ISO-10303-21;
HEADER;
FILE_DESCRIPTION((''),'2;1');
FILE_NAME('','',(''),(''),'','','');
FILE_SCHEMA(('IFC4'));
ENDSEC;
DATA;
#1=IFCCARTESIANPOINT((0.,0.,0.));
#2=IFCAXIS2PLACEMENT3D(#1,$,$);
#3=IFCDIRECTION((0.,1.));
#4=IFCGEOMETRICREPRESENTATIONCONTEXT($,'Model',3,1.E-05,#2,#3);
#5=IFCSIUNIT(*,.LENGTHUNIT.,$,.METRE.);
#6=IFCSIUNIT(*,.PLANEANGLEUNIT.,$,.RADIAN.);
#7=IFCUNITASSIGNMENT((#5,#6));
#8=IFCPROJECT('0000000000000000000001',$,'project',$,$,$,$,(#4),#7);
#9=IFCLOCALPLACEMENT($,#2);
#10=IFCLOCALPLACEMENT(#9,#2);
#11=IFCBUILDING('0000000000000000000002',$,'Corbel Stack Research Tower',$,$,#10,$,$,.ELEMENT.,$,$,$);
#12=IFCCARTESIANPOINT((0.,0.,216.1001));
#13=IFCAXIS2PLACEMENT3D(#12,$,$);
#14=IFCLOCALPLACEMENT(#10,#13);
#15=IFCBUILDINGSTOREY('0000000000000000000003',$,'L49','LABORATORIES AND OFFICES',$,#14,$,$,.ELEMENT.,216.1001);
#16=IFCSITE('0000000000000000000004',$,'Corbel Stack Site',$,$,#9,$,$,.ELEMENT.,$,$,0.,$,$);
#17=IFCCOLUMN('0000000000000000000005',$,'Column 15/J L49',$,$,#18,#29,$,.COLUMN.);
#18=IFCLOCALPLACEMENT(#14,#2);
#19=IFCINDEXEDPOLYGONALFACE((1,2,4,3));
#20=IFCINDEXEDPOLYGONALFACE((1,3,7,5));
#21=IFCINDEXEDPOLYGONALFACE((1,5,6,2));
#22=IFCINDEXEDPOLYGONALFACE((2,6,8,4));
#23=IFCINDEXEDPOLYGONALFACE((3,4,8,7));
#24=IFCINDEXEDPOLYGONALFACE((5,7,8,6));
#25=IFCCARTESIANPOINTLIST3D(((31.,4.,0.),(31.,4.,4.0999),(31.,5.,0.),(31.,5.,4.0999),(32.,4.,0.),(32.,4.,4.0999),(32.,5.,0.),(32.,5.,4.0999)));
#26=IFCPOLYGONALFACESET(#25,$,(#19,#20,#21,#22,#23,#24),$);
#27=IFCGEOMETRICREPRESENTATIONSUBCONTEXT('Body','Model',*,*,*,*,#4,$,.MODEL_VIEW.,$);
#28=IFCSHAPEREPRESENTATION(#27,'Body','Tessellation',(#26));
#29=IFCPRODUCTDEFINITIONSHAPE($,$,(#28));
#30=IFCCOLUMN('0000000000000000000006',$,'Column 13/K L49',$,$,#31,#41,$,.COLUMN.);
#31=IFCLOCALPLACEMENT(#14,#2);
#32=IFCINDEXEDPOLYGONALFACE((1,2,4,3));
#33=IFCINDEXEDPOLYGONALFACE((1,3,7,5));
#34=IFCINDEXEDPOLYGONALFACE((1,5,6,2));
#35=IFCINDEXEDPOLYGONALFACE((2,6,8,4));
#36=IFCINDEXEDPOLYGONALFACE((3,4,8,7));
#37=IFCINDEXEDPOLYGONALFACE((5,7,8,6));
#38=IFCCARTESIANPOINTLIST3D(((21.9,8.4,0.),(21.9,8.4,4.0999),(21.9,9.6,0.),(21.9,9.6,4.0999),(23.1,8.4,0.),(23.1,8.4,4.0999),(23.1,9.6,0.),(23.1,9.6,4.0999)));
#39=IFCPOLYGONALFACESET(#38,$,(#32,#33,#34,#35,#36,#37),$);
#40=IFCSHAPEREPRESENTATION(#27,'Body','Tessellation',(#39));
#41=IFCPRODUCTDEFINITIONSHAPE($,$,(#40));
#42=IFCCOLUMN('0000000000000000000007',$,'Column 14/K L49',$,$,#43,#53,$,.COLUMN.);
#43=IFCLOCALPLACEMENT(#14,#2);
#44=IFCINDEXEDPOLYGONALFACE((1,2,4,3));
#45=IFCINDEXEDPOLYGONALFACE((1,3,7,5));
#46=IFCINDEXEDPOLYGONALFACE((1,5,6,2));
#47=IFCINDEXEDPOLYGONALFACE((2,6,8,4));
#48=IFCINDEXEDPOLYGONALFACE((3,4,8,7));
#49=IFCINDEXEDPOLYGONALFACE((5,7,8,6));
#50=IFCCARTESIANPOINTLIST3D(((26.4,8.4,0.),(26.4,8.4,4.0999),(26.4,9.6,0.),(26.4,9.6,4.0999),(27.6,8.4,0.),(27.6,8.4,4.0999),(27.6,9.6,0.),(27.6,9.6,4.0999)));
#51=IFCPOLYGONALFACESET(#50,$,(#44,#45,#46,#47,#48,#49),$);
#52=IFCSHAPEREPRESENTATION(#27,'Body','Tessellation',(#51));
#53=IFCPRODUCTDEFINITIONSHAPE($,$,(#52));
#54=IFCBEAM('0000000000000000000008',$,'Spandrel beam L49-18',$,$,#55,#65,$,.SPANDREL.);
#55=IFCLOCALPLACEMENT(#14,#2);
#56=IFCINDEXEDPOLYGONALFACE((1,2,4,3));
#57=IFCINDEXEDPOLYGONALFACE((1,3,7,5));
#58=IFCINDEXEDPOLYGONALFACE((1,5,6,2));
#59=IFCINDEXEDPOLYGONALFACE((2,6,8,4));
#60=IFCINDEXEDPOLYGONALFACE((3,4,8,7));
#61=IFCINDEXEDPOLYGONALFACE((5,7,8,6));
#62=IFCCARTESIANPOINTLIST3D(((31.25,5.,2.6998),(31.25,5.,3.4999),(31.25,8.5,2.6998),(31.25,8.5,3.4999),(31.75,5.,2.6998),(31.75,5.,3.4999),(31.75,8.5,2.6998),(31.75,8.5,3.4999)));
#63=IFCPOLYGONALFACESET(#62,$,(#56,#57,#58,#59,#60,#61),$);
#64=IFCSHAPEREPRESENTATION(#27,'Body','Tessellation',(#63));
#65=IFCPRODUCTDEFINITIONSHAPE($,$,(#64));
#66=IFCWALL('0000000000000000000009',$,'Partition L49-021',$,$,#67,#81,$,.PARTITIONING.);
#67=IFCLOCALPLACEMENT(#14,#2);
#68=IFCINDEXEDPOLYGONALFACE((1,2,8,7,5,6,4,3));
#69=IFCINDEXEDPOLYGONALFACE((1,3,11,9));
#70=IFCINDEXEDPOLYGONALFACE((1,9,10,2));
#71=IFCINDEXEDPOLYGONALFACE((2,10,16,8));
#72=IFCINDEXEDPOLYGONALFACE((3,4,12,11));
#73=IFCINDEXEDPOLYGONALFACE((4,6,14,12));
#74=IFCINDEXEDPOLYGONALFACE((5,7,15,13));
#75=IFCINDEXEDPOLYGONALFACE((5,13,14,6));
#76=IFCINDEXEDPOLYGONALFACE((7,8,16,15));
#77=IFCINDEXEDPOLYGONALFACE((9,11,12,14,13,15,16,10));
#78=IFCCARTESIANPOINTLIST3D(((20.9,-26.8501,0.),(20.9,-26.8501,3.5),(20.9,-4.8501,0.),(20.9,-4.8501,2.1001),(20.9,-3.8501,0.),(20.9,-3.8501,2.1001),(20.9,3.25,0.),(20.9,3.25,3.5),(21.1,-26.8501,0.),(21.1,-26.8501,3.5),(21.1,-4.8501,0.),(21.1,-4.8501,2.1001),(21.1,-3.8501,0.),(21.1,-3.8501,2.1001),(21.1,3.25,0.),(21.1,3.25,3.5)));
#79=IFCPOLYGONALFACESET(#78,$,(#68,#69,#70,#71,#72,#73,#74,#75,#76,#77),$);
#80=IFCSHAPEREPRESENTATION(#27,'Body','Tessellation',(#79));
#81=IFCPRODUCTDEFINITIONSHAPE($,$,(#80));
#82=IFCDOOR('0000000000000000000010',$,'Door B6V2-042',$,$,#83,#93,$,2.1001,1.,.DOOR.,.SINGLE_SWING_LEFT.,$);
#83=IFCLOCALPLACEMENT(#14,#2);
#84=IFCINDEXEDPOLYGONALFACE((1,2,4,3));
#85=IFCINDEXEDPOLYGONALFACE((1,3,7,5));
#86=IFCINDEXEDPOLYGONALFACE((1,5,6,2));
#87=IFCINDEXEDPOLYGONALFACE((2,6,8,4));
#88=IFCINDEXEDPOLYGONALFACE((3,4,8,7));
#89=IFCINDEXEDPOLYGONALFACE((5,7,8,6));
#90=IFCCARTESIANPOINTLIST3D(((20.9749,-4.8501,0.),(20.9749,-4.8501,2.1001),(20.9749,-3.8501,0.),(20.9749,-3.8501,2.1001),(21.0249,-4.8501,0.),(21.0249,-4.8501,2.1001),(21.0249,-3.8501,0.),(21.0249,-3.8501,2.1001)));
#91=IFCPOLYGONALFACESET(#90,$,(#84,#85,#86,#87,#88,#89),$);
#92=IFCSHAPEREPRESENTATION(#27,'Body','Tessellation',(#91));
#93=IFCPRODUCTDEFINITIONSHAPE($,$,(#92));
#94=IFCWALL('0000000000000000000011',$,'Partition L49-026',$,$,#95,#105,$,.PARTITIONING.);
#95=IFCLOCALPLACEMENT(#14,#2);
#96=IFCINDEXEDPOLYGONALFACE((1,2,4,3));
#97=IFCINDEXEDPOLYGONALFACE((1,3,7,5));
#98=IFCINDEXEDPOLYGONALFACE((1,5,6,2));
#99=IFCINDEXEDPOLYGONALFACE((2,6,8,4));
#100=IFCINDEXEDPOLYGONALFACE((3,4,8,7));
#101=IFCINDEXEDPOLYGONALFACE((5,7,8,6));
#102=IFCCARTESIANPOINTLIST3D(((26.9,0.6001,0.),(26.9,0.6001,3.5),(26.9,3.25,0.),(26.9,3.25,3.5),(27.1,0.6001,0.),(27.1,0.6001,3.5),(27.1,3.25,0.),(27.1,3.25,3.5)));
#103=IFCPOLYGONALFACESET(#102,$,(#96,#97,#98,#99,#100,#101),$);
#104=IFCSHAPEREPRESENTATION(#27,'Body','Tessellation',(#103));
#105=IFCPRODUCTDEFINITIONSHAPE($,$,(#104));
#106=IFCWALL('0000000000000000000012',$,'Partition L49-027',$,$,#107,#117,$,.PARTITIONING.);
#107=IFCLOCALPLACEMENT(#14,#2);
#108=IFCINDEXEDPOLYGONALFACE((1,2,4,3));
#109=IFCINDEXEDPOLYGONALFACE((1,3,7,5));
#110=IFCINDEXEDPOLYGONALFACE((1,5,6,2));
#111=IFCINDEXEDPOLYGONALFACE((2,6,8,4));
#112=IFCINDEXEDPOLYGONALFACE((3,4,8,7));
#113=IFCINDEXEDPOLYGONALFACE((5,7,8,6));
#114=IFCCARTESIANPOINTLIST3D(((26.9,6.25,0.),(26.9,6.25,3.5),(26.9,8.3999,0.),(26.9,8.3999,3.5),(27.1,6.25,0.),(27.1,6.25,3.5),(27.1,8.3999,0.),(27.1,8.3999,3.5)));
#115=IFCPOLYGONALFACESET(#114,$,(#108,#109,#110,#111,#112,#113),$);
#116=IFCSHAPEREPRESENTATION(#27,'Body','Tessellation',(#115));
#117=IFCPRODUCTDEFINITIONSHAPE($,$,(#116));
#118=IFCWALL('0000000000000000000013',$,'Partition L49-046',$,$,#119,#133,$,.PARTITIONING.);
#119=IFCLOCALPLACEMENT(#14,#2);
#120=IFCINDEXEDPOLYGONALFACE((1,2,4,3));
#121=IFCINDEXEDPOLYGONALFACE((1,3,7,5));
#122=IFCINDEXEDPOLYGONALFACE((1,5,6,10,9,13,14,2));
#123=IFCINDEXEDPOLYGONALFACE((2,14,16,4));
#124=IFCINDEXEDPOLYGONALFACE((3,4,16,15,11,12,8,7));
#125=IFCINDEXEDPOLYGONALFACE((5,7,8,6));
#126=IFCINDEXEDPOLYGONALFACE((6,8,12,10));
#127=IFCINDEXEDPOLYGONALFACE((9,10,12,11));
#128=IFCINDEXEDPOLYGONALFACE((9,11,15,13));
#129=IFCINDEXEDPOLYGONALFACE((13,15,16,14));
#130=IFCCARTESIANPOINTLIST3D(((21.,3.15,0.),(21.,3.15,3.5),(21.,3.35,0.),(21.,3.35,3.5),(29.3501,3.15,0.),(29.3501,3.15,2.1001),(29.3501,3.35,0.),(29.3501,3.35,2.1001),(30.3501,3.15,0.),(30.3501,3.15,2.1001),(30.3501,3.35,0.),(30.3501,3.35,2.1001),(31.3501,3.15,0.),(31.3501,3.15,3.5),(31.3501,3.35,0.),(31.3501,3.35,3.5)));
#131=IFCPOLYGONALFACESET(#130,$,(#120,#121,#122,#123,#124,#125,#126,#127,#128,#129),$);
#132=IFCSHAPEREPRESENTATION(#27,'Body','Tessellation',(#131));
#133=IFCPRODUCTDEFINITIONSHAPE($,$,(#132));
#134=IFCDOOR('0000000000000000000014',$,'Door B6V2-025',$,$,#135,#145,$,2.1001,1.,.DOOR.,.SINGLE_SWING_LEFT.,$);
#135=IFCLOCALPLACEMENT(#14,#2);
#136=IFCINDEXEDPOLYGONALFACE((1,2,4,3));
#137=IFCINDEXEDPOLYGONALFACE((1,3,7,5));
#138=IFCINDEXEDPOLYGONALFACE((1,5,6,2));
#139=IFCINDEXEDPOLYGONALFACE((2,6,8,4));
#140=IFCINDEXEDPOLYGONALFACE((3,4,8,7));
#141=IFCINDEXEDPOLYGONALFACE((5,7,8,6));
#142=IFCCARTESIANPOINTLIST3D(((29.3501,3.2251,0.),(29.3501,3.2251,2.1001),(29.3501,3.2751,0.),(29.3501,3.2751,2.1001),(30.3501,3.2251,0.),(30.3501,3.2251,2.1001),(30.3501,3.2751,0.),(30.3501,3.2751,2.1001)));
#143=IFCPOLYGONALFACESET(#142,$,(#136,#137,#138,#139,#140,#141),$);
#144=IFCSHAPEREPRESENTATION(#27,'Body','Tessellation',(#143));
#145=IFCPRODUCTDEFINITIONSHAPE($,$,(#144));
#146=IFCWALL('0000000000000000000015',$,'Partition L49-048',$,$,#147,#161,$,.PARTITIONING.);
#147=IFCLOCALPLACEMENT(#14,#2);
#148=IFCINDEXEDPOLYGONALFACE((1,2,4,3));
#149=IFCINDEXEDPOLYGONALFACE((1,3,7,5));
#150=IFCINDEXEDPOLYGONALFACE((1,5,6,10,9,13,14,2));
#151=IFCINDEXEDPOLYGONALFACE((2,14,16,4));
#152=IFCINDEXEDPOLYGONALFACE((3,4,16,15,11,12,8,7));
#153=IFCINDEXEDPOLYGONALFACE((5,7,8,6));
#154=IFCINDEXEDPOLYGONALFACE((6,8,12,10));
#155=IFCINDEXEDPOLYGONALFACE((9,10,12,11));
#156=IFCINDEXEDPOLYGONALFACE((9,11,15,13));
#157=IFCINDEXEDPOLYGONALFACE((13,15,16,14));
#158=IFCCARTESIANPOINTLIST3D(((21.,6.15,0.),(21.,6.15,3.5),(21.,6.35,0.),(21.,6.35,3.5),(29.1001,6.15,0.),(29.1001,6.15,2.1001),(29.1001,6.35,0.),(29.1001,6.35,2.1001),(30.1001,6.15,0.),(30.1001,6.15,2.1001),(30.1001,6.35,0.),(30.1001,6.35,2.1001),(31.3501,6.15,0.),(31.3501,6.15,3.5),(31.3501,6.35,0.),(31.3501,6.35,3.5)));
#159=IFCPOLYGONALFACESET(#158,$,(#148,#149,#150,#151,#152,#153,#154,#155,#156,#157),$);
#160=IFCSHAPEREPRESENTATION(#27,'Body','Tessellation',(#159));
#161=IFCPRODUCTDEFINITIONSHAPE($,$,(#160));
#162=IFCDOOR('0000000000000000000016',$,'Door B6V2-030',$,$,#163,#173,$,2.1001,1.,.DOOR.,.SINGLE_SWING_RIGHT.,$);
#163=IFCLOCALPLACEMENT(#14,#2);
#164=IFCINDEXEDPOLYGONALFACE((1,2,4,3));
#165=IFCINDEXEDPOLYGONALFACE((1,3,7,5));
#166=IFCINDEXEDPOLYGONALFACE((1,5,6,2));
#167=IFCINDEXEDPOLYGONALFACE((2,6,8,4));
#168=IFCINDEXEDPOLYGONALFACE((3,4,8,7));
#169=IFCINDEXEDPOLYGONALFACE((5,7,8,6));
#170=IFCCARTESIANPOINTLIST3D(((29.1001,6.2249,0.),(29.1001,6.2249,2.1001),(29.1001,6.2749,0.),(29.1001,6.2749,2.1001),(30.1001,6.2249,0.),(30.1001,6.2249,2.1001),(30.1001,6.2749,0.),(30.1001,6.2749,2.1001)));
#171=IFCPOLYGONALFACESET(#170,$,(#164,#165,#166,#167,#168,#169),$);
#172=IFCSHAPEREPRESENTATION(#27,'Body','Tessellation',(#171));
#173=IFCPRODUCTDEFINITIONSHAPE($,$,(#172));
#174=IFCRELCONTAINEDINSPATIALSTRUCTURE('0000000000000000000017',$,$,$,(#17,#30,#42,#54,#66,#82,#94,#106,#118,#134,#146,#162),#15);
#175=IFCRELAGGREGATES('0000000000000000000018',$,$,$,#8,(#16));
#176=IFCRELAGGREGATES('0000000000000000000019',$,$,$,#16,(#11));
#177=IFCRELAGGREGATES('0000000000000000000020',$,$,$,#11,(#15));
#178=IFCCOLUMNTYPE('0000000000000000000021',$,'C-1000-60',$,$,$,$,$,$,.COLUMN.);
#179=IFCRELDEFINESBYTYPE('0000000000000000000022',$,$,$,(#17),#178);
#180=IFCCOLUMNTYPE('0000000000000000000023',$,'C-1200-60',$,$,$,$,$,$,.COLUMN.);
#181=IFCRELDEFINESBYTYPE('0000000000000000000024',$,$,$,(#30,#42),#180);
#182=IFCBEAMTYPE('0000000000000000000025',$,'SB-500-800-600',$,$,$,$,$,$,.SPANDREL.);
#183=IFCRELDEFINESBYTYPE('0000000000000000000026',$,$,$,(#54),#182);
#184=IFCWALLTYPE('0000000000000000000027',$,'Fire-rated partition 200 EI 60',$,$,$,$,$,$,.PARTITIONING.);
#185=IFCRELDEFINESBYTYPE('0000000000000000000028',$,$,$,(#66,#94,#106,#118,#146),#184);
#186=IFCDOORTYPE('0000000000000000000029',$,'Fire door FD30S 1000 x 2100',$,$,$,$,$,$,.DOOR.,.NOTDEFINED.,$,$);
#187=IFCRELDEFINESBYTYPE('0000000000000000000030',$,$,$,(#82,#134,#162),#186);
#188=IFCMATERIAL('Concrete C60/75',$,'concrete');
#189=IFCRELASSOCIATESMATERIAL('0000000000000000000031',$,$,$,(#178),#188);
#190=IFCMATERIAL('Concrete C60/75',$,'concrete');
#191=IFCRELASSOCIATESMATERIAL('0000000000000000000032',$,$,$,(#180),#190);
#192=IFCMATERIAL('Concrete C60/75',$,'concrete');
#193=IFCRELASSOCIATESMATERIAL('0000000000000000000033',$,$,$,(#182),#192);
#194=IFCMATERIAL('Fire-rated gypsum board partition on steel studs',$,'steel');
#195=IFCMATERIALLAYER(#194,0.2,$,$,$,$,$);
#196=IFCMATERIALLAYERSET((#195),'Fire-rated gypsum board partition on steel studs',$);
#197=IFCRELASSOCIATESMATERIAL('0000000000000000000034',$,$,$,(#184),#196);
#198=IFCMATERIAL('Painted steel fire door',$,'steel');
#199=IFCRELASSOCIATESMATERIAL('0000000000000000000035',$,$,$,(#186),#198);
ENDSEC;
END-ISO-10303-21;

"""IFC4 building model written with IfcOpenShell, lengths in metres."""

from ifc_helpers import new_model, si_unit, direction, frame, frame_2d, origin, origin_2d, place, context, subcontext, project, spatial, rectangle, extrude, material, layer, layer_set, material_profile, profile_set, type_object, element, fill, save


model = new_model("IFC4")

# Units and contexts
model_context = context("Model", 3, precision=1e-05, world=origin(), true_north=direction((0.0, 1.0)))
body_context = subcontext(model_context, "Body", "Model", "MODEL_VIEW")
ifc_project = project(units=[si_unit("LENGTHUNIT", "METRE"), si_unit("PLANEANGLEUNIT", "RADIAN")], contexts=[model_context])

# Site, building, storey
site_placement = place(None, origin())
site = spatial("IfcSite", under=ifc_project, at=site_placement, Name="Corbel Stack Site", CompositionType="ELEMENT", RefElevation=0.0)
building_placement = place(site_placement, origin())
building = spatial("IfcBuilding", under=site, at=building_placement, Name="Corbel Stack Research Tower", CompositionType="ELEMENT")
storey_placement = place(building_placement, frame((0.0, 0.0, 216.1001)))
storey = spatial("IfcBuildingStorey", under=building, at=storey_placement, Name="L49", Description="LABORATORIES AND OFFICES", CompositionType="ELEMENT", Elevation=216.1001)

# Columns
ifc_material_1 = material(Name="Concrete C60/75", Category="concrete")
ifc_material_profile_1 = material_profile(ifc_material_1, rectangle(XDim=1.0, YDim=1.0, at=origin_2d()), Name="RC 1000 x 1000")
ifc_profile_set_1 = profile_set([ifc_material_profile_1], Name="Concrete C60/75")
column_type_1 = type_object("IfcColumnType", Name="C-1000-60", PredefinedType="COLUMN", material=ifc_profile_set_1)
column_placement = place(storey_placement, frame((31.5, 4.5, 0.0), z_axis=(0.0, 0.0, 1.0), x_axis=(1.0, 0.0, 0.0)))
element("IfcColumn", 1, at=column_placement, inside=storey, type_object=column_type_1, Name="Column 15/J L49", PredefinedType="COLUMN", context=body_context, shape_type="SweptSolid", body=[
    extrude(rectangle(XDim=1.0, YDim=1.0, at=origin_2d()), origin(), (0.0, 0.0, 1.0), 4.0999),
])
ifc_material_2 = material(Name="Concrete C60/75", Category="concrete")
ifc_material_profile_2 = material_profile(ifc_material_2, rectangle(XDim=1.2, YDim=1.2, at=origin_2d()), Name="RC 1200 x 1200")
ifc_profile_set_2 = profile_set([ifc_material_profile_2], Name="Concrete C60/75")
column_type_2 = type_object("IfcColumnType", Name="C-1200-60", PredefinedType="COLUMN", material=ifc_profile_set_2)
for number, where, z_axis, x_axis, name in (
    (2, (22.5, 9.0, 0.0), (0.0, 0.0, 1.0), (1.0, 0.0, 0.0), "Column 13/K L49"),
    (3, (27.0, 9.0, 0.0), (0.0, 0.0, 1.0), (1.0, 0.0, 0.0), "Column 14/K L49"),
):
    element("IfcColumn", number, at=place(storey_placement, frame(where, z_axis=z_axis, x_axis=x_axis)), inside=storey, type_object=column_type_2, Name=name, PredefinedType="COLUMN", context=body_context, shape_type="SweptSolid", body=[
        extrude(rectangle(XDim=1.2, YDim=1.2, at=origin_2d()), origin(), (0.0, 0.0, 1.0), 4.0999),
    ])

# Beam
ifc_material_3 = material(Name="Concrete C60/75", Category="concrete")
ifc_material_profile_3 = material_profile(ifc_material_3, rectangle(XDim=0.5, YDim=0.8, at=origin_2d()), Name="RC 500 x 800")
ifc_profile_set_3 = profile_set([ifc_material_profile_3], Name="Concrete C60/75")
beam_type = type_object("IfcBeamType", Name="SB-500-800-600", PredefinedType="SPANDREL", material=ifc_profile_set_3)
beam_placement = place(storey_placement, frame((31.5, 5.0, 3.0999), z_axis=(0.0, 1.0, 0.0), x_axis=(-1.0, 0.0, 0.0)))
element("IfcBeam", 4, at=beam_placement, inside=storey, type_object=beam_type, Name="Spandrel beam L49-18", PredefinedType="SPANDREL", context=body_context, shape_type="SweptSolid", body=[
    extrude(rectangle(XDim=0.5, YDim=0.8, at=origin_2d()), origin(), (0.0, 0.0, 1.0), 3.5),
])

# Wall, opening, door
ifc_material_4 = material(Name="Fire-rated gypsum board partition on steel studs", Category="steel")
ifc_layer_1 = layer(ifc_material_4, 0.2)
ifc_layer_set_1 = layer_set([ifc_layer_1], Name="Fire-rated gypsum board partition on steel studs")
wall_type_1 = type_object("IfcWallType", Name="Fire-rated partition 200 EI 60", PredefinedType="PARTITIONING", material=ifc_layer_set_1)
wall_1_placement = place(storey_placement, frame((21.0, 3.25, 0.0), z_axis=(0.0, 0.0, 1.0), x_axis=(0.0, -1.0, 0.0)))
wall_1 = element("IfcWall", 5, at=wall_1_placement, inside=storey, type_object=wall_type_1, Name="Partition L49-021", PredefinedType="PARTITIONING", context=body_context, shape_type="SweptSolid", body=[
    extrude(rectangle(XDim=30.1001, YDim=0.2, at=frame_2d((15.05, 0.0))), origin(), (0.0, 0.0, 1.0), 3.5),
])
opening_1_placement = place(wall_1_placement, frame((7.1001, 0.0, 0.0)))
opening_1 = element("IfcOpeningElement", 6, at=opening_1_placement, cuts=wall_1, PredefinedType="OPENING", context=body_context, shape_type="SweptSolid", body=[
    extrude(rectangle(XDim=1.0, YDim=2.1001, at=frame_2d((0.5, 1.05))), frame((0.0, 0.1099, 0.0), z_axis=(0.0, -1.0, 0.0), x_axis=(1.0, 0.0, 0.0)), (0.0, 0.0, 1.0), 0.22),
])
ifc_material_5 = material(Name="Painted steel fire door", Category="steel")
door_type = type_object("IfcDoorType", Name="Fire door FD30S 1000 x 2100", OperationType="NOTDEFINED", PredefinedType="DOOR", material=ifc_material_5)
door_1_placement = place(opening_1_placement, origin())
door_1 = element("IfcDoor", 7, at=door_1_placement, inside=storey, type_object=door_type, Name="Door B6V2-042", OperationType="SINGLE_SWING_LEFT", OverallHeight=2.1001, OverallWidth=1.0, PredefinedType="DOOR", context=body_context, shape_type="SweptSolid", body=[
    extrude(rectangle(XDim=1.0, YDim=2.1001, at=frame_2d((0.5, 1.05))), frame((0.0, 0.0249, 0.0), z_axis=(0.0, -1.0, 0.0), x_axis=(1.0, 0.0, 0.0)), (0.0, 0.0, 1.0), 0.05),
])
fill(opening_1, door_1)

# Walls
wall_2_placement = place(storey_placement, frame((27.0, 0.6001, 0.0), z_axis=(0.0, 0.0, 1.0), x_axis=(0.0, 1.0, 0.0)))
element("IfcWall", 8, at=wall_2_placement, inside=storey, type_object=wall_type_1, Name="Partition L49-026", PredefinedType="PARTITIONING", context=body_context, shape_type="SweptSolid", body=[
    extrude(rectangle(XDim=2.6499, YDim=0.2, at=frame_2d((1.325, 0.0))), origin(), (0.0, 0.0, 1.0), 3.5),
])
wall_3_placement = place(storey_placement, frame((27.0, 6.25, 0.0), z_axis=(0.0, 0.0, 1.0), x_axis=(0.0, 1.0, 0.0)))
element("IfcWall", 9, at=wall_3_placement, inside=storey, type_object=wall_type_1, Name="Partition L49-027", PredefinedType="PARTITIONING", context=body_context, shape_type="SweptSolid", body=[
    extrude(rectangle(XDim=2.1499, YDim=0.2, at=frame_2d((1.075, 0.0))), origin(), (0.0, 0.0, 1.0), 3.5),
])

# Walls, openings, doors
wall_4_placement = place(storey_placement, frame((31.3501, 3.25, 0.0), z_axis=(0.0, 0.0, 1.0), x_axis=(-1.0, 0.0, 0.0)))
wall_4 = element("IfcWall", 10, at=wall_4_placement, inside=storey, type_object=wall_type_1, Name="Partition L49-046", PredefinedType="PARTITIONING", context=body_context, shape_type="SweptSolid", body=[
    extrude(rectangle(XDim=10.3501, YDim=0.2, at=frame_2d((5.175, 0.0))), origin(), (0.0, 0.0, 1.0), 3.5),
])
opening_2_placement = place(wall_4_placement, frame((1.0, 0.0, 0.0)))
opening_2 = element("IfcOpeningElement", 11, at=opening_2_placement, cuts=wall_4, PredefinedType="OPENING", context=body_context, shape_type="SweptSolid", body=[
    extrude(rectangle(XDim=1.0, YDim=2.1001, at=frame_2d((0.5, 1.05))), frame((0.0, 0.1099, 0.0), z_axis=(0.0, -1.0, 0.0), x_axis=(1.0, 0.0, 0.0)), (0.0, 0.0, 1.0), 0.22),
])
door_2_placement = place(opening_2_placement, origin())
door_2 = element("IfcDoor", 12, at=door_2_placement, inside=storey, type_object=door_type, Name="Door B6V2-025", OperationType="SINGLE_SWING_LEFT", OverallHeight=2.1001, OverallWidth=1.0, PredefinedType="DOOR", context=body_context, shape_type="SweptSolid", body=[
    extrude(rectangle(XDim=1.0, YDim=2.1001, at=frame_2d((0.5, 1.05))), frame((0.0, 0.0249, 0.0), z_axis=(0.0, -1.0, 0.0), x_axis=(1.0, 0.0, 0.0)), (0.0, 0.0, 1.0), 0.05),
])
fill(opening_2, door_2)
wall_5_placement = place(storey_placement, frame((21.0, 6.25, 0.0), z_axis=(0.0, 0.0, 1.0), x_axis=(1.0, 0.0, 0.0)))
wall_5 = element("IfcWall", 13, at=wall_5_placement, inside=storey, type_object=wall_type_1, Name="Partition L49-048", PredefinedType="PARTITIONING", context=body_context, shape_type="SweptSolid", body=[
    extrude(rectangle(XDim=10.3501, YDim=0.2, at=frame_2d((5.175, 0.0))), origin(), (0.0, 0.0, 1.0), 3.5),
])
opening_3_placement = place(wall_5_placement, frame((8.1001, 0.0, 0.0)))
opening_3 = element("IfcOpeningElement", 14, at=opening_3_placement, cuts=wall_5, PredefinedType="OPENING", context=body_context, shape_type="SweptSolid", body=[
    extrude(rectangle(XDim=1.0, YDim=2.1001, at=frame_2d((0.5, 1.05))), frame((0.0, 0.1099, 0.0), z_axis=(0.0, -1.0, 0.0), x_axis=(1.0, 0.0, 0.0)), (0.0, 0.0, 1.0), 0.22),
])
door_3_placement = place(opening_3_placement, origin())
door_3 = element("IfcDoor", 15, at=door_3_placement, inside=storey, type_object=door_type, Name="Door B6V2-030", OperationType="SINGLE_SWING_RIGHT", OverallHeight=2.1001, OverallWidth=1.0, PredefinedType="DOOR", context=body_context, shape_type="SweptSolid", body=[
    extrude(rectangle(XDim=1.0, YDim=2.1001, at=frame_2d((0.5, 1.05))), frame((0.0, 0.0249, 0.0), z_axis=(0.0, -1.0, 0.0), x_axis=(1.0, 0.0, 0.0)), (0.0, 0.0, 1.0), 0.05),
])
fill(opening_3, door_3)

save(model, "model.ifc")
